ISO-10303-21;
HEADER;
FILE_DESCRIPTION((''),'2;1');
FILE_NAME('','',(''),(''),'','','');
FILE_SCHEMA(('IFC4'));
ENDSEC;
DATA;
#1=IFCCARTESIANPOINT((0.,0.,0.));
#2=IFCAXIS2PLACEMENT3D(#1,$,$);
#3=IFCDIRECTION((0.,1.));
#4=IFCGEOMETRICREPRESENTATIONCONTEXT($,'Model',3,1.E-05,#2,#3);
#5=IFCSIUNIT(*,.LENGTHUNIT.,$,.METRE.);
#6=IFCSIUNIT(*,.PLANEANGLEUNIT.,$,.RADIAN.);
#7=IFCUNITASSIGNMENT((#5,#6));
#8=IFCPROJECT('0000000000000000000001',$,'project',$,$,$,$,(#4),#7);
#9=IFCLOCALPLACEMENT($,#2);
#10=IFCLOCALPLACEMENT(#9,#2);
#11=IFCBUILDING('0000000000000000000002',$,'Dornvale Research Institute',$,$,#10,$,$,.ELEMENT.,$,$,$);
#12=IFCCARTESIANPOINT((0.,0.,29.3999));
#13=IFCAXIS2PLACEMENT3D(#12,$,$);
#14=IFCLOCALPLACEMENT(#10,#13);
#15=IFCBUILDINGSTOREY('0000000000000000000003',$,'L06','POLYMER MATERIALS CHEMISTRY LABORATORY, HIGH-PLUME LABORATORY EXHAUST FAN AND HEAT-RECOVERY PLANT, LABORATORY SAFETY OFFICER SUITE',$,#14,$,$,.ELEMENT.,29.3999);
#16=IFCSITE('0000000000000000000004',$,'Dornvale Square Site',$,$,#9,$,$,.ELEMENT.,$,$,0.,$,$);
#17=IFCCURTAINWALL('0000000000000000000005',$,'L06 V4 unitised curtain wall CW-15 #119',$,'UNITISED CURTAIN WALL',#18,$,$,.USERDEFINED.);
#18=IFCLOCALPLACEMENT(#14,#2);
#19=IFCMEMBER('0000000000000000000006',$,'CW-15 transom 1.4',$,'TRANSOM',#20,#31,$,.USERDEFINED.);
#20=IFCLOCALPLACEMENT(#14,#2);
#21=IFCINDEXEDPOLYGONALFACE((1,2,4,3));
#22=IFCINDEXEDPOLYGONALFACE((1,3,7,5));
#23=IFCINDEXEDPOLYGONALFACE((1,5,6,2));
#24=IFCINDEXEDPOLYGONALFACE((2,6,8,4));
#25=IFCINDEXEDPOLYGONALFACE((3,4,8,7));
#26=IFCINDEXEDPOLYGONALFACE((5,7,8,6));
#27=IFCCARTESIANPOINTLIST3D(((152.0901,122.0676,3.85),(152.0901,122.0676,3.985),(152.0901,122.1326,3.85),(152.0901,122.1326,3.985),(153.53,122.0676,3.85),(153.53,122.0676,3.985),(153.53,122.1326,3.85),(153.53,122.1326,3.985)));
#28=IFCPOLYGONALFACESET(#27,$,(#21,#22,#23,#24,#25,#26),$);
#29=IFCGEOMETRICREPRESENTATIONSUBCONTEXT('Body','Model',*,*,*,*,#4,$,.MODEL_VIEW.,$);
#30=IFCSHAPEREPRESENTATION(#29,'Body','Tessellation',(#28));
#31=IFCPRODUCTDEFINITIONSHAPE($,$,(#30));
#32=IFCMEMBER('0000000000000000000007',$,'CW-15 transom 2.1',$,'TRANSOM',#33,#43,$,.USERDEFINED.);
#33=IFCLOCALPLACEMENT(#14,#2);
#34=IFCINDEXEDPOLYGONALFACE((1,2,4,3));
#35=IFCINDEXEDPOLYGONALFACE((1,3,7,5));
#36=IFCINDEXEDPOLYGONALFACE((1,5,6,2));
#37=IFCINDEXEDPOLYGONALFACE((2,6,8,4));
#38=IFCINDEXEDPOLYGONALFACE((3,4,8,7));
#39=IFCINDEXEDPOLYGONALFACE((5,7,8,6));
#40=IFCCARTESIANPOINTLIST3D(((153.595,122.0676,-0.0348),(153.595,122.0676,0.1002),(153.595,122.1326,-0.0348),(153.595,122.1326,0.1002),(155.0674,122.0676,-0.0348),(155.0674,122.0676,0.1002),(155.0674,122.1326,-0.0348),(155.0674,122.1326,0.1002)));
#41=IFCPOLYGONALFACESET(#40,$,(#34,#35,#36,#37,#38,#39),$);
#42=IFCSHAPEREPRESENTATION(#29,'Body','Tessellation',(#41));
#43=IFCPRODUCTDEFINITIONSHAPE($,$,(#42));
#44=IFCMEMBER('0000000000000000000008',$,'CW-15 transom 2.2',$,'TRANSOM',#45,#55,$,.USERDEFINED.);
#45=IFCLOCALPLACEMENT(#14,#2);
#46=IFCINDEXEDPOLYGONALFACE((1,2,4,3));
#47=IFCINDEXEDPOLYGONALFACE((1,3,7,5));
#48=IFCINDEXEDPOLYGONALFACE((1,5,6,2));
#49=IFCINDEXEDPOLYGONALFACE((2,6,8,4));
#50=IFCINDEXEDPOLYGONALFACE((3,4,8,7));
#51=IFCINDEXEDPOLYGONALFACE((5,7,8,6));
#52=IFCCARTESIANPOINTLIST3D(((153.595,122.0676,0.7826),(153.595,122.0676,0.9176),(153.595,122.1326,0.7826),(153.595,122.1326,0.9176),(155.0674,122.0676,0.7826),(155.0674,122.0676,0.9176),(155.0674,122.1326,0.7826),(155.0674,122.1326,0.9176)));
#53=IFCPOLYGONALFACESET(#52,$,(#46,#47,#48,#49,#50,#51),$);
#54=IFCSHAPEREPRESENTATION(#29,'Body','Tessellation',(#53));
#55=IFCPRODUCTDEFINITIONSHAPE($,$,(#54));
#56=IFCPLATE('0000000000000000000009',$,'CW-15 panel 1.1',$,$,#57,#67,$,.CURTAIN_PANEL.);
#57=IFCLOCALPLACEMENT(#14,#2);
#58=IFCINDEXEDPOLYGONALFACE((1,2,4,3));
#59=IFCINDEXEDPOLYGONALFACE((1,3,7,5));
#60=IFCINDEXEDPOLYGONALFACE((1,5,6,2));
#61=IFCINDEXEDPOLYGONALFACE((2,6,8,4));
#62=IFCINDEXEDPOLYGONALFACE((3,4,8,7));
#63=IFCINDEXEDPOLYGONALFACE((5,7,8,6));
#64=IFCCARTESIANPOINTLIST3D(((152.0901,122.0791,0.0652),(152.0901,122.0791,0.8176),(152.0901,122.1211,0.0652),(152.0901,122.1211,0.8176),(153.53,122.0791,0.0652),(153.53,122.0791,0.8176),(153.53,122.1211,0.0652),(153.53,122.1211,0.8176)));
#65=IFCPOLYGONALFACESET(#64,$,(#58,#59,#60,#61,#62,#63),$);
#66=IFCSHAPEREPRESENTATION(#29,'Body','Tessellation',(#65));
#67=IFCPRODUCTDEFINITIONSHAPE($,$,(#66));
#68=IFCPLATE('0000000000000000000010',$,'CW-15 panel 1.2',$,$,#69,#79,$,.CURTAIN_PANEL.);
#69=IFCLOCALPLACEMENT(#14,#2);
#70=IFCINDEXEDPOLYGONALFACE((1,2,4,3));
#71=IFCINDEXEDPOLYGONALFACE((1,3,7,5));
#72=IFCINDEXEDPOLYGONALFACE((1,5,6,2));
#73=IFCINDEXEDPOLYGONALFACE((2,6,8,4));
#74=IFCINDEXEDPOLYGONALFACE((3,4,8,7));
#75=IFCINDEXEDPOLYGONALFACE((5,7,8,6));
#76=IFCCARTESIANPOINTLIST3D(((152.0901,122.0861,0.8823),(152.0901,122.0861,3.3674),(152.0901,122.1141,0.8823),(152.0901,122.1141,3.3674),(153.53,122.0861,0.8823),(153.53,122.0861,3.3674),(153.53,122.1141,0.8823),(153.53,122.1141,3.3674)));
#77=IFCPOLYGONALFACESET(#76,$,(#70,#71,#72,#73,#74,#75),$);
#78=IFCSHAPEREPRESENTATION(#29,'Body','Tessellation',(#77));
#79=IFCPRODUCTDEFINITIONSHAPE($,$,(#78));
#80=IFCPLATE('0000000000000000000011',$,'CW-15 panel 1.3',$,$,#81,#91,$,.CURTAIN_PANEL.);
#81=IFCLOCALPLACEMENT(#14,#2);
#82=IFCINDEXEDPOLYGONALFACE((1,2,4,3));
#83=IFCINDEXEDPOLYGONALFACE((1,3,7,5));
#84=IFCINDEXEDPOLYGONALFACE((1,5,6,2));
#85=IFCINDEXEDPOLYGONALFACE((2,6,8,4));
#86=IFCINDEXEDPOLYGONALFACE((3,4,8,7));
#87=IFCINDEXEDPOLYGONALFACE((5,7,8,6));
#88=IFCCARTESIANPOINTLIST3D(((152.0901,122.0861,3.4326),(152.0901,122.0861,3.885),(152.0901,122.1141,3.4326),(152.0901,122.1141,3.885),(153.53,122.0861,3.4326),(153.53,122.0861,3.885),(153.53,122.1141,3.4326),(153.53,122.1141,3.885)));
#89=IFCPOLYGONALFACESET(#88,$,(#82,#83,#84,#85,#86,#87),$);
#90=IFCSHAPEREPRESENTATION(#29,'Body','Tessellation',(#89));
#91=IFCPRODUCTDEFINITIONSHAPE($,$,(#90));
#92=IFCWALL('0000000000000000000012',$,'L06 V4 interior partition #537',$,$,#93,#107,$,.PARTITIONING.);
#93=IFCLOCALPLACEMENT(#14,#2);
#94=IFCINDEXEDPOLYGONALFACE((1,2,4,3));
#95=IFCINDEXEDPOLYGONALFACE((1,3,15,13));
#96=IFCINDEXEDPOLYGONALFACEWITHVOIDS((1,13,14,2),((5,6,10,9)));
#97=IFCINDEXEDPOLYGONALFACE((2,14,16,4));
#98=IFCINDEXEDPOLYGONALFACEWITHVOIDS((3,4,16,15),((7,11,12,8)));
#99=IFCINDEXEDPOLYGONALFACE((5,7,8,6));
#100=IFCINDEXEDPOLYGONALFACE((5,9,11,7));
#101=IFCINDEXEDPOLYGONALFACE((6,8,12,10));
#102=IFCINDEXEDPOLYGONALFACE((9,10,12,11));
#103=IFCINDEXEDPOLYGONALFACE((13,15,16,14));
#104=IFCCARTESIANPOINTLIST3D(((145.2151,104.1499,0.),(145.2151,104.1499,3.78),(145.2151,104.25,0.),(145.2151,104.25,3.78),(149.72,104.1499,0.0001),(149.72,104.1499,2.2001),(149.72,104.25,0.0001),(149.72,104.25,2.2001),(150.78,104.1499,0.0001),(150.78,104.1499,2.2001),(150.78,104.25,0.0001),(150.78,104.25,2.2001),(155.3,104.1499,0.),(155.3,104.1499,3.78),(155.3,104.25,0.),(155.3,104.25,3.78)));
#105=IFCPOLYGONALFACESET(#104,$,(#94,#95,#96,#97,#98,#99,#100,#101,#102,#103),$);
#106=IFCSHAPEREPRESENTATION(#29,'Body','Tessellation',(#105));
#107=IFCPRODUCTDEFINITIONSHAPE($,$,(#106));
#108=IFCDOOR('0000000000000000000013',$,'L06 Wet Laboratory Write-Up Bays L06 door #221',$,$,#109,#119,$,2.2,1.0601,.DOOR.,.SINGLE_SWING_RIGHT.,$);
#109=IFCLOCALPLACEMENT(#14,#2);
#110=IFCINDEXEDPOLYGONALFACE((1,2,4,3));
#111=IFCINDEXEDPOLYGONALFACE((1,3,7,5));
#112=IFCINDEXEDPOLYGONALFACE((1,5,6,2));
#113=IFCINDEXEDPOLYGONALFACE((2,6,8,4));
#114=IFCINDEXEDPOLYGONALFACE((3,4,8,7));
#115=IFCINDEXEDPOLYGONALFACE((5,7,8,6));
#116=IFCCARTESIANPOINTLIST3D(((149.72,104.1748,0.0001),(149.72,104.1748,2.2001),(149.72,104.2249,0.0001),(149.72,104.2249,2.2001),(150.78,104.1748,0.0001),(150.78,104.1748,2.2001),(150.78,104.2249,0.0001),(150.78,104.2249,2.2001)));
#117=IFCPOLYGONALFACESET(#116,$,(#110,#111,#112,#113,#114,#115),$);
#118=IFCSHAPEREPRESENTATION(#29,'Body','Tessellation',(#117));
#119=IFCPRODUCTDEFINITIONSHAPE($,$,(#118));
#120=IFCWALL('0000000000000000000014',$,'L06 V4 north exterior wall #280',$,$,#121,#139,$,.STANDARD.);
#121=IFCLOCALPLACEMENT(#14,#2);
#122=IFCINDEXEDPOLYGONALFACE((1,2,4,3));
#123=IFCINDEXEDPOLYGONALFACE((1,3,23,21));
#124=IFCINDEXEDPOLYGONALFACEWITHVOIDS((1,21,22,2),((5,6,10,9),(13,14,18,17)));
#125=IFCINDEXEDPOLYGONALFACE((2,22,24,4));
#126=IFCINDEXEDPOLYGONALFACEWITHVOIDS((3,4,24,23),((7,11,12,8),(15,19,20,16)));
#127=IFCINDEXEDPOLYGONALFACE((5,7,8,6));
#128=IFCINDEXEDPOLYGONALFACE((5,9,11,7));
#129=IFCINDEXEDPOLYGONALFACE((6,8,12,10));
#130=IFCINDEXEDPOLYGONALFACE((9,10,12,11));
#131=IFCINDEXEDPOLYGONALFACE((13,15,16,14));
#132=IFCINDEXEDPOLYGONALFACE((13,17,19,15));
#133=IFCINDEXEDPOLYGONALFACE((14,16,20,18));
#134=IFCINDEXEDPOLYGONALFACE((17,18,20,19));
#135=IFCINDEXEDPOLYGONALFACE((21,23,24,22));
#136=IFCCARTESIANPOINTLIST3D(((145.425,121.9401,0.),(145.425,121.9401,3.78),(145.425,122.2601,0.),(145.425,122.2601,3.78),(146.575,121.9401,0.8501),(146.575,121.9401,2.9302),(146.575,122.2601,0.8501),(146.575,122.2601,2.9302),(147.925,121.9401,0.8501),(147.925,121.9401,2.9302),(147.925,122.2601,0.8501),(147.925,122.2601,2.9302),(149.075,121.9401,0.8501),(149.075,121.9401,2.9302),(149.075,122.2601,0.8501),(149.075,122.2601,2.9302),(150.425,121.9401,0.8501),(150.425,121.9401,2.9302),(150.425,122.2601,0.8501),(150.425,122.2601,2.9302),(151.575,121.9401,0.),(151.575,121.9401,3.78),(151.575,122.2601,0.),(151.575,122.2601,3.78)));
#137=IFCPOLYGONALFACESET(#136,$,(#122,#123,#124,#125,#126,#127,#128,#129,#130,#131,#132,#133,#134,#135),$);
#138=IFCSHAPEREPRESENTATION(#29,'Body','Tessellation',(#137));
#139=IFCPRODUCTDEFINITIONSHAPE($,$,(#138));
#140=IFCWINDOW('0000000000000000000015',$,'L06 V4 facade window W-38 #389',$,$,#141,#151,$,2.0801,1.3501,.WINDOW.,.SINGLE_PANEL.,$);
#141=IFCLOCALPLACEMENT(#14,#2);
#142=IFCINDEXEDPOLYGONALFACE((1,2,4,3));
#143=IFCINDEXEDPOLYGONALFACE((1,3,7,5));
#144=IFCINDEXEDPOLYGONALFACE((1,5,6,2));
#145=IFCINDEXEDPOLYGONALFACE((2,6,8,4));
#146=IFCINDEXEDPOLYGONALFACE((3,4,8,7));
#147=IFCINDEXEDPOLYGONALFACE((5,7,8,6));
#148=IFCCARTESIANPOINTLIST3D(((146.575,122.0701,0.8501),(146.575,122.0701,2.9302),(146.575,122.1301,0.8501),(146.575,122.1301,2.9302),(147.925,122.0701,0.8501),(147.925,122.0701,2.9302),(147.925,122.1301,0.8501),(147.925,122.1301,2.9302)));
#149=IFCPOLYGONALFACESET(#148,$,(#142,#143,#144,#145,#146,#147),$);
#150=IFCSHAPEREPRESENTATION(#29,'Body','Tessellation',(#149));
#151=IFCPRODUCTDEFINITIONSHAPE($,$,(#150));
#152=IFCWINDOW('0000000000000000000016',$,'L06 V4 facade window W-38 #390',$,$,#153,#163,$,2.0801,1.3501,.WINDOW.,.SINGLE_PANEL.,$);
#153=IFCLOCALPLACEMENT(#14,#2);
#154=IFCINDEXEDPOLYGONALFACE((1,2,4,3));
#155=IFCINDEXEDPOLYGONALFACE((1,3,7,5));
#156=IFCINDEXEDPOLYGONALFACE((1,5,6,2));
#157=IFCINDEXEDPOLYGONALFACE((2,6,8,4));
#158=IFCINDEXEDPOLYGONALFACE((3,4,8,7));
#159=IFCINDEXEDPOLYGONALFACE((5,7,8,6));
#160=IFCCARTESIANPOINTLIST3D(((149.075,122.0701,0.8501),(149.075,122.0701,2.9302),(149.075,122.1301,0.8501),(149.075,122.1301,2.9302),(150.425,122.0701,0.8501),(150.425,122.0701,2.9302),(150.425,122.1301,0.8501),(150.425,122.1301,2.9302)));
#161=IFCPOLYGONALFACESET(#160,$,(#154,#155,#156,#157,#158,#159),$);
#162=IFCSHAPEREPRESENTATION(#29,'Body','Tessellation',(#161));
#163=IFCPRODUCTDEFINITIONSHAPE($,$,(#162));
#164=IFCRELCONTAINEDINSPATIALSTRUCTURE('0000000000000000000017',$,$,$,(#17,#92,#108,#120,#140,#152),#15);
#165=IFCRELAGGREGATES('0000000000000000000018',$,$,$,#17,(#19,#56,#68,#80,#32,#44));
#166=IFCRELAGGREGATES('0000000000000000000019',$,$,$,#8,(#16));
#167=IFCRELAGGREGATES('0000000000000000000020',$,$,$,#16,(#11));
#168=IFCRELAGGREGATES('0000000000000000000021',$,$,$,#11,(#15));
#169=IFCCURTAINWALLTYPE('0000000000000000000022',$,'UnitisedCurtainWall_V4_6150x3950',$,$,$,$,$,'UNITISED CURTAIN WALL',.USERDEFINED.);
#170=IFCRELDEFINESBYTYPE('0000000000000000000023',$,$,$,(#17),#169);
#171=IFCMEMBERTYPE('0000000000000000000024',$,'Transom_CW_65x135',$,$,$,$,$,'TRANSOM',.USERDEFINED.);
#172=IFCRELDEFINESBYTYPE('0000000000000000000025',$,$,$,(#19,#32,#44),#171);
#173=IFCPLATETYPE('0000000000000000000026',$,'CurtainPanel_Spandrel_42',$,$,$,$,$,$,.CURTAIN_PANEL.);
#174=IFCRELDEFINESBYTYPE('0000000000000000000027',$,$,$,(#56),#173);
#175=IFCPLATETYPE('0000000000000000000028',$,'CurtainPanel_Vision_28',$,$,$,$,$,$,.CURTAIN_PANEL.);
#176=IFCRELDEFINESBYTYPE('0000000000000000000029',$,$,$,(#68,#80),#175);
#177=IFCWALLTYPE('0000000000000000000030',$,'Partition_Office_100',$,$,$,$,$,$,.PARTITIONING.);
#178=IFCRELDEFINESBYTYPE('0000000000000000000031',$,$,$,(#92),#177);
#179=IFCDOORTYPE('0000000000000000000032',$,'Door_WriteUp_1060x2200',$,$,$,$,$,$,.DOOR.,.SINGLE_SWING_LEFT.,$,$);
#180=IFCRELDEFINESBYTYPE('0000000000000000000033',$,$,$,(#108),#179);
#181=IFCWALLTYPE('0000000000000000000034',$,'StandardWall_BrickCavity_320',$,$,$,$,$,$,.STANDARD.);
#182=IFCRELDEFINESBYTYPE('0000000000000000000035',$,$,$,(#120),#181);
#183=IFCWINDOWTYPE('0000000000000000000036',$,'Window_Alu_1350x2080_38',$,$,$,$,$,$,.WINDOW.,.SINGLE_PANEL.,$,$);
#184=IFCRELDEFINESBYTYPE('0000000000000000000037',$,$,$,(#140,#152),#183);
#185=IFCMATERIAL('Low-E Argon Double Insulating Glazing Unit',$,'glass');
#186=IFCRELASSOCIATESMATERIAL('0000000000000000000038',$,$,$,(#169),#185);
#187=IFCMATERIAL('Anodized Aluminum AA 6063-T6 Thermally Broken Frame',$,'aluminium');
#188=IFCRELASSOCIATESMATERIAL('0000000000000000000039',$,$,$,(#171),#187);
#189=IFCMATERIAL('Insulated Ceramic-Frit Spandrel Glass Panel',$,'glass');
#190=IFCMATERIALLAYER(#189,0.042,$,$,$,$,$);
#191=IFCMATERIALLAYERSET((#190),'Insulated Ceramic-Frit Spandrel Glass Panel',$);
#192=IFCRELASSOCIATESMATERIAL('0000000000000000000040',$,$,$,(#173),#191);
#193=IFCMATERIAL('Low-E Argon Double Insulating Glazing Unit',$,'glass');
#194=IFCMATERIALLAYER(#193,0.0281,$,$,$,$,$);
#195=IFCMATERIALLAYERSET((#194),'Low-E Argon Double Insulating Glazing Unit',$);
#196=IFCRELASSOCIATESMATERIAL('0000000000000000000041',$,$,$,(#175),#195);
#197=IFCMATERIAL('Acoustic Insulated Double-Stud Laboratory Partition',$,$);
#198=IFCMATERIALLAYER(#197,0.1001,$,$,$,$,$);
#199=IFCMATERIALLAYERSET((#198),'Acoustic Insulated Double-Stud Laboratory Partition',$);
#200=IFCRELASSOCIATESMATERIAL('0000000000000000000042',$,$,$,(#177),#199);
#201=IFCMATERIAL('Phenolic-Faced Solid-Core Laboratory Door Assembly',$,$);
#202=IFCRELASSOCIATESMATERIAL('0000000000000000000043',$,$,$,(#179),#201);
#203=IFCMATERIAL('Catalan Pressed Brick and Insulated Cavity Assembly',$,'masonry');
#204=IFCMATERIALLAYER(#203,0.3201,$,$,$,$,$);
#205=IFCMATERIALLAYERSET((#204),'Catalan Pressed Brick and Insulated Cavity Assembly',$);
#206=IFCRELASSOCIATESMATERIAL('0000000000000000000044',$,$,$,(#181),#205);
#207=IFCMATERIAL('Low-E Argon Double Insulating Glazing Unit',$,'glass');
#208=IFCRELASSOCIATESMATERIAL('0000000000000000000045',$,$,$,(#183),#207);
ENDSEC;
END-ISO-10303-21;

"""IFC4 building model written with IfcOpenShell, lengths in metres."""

from ifc_helpers import new_model, si_unit, direction, frame, frame_2d, origin, origin_2d, place, context, subcontext, project, spatial, rectangle, extrude, material, layer, layer_set, material_profile, profile_set, type_object, element, fill, aggregate, save


model = new_model("IFC4")

# Units and contexts
model_context = context("Model", 3, precision=1e-05, world=origin(), true_north=direction((0.0, 1.0)))
body_context = subcontext(model_context, "Body", "Model", "MODEL_VIEW")
ifc_project = project(units=[si_unit("LENGTHUNIT", "METRE"), si_unit("PLANEANGLEUNIT", "RADIAN")], contexts=[model_context])

# Site, building, storey
site_placement = place(None, origin())
site = spatial("IfcSite", under=ifc_project, at=site_placement, Name="Dornvale Square Site", CompositionType="ELEMENT", RefElevation=0.0)
building_placement = place(site_placement, origin())
building = spatial("IfcBuilding", under=site, at=building_placement, Name="Dornvale Research Institute", CompositionType="ELEMENT")
storey_placement = place(building_placement, frame((0.0, 0.0, 29.3999)))
storey = spatial("IfcBuildingStorey", under=building, at=storey_placement, Name="L06", Description="POLYMER MATERIALS CHEMISTRY LABORATORY, HIGH-PLUME LABORATORY EXHAUST FAN AND HEAT-RECOVERY PLANT, LABORATORY SAFETY OFFICER SUITE", CompositionType="ELEMENT", Elevation=29.3999)

# Curtain wall
ifc_material_1 = material(Name="Low-E Argon Double Insulating Glazing Unit", Category="glass")
curtain_wall_type = type_object("IfcCurtainWallType", Name="UnitisedCurtainWall_V4_6150x3950", ElementType="UNITISED CURTAIN WALL", PredefinedType="USERDEFINED", material=ifc_material_1)
curtain_wall_placement = place(storey_placement, origin())
curtain_wall = element("IfcCurtainWall", 1, at=curtain_wall_placement, inside=storey, type_object=curtain_wall_type, Name="L06 V4 unitised curtain wall CW-15 #119", ObjectType="UNITISED CURTAIN WALL", PredefinedType="USERDEFINED")

# Members
ifc_material_2 = material(Name="Anodized Aluminum AA 6063-T6 Thermally Broken Frame", Category="aluminium")
ifc_material_profile_1 = material_profile(ifc_material_2, rectangle(XDim=0.0649, YDim=0.135, at=origin_2d()), Name="ALU TRANSOM 65x135")
ifc_profile_set_1 = profile_set([ifc_material_profile_1], Name="Anodized Aluminum AA 6063-T6 Thermally Broken Frame")
member_type_1 = type_object("IfcMemberType", Name="Transom_CW_65x135", ElementType="TRANSOM", PredefinedType="USERDEFINED", material=ifc_profile_set_1)
member_1_placement = place(storey_placement, frame((152.0901, 122.1001, 3.9175), z_axis=(1.0, 0.0, 0.0), x_axis=(0.0, 1.0, 0.0)))
member_1 = element("IfcMember", 2, at=member_1_placement, type_object=member_type_1, Name="CW-15 transom 1.4", ObjectType="TRANSOM", PredefinedType="USERDEFINED", context=body_context, shape_type="SweptSolid", body=[
    extrude(rectangle(XDim=0.0649, YDim=0.135, at=origin_2d()), origin(), (0.0, 0.0, 1.0), 1.4399),
])
member_2_placement = place(storey_placement, frame((153.595, 122.1001, 0.0327), z_axis=(1.0, 0.0, 0.0), x_axis=(0.0, 1.0, 0.0)))
member_2 = element("IfcMember", 3, at=member_2_placement, type_object=member_type_1, Name="CW-15 transom 2.1", ObjectType="TRANSOM", PredefinedType="USERDEFINED", context=body_context, shape_type="SweptSolid", body=[
    extrude(rectangle(XDim=0.0649, YDim=0.135, at=origin_2d()), origin(), (0.0, 0.0, 1.0), 1.4724),
])
member_3_placement = place(storey_placement, frame((153.595, 122.1001, 0.8501), z_axis=(1.0, 0.0, 0.0), x_axis=(0.0, 1.0, 0.0)))
member_3 = element("IfcMember", 4, at=member_3_placement, type_object=member_type_1, Name="CW-15 transom 2.2", ObjectType="TRANSOM", PredefinedType="USERDEFINED", context=body_context, shape_type="SweptSolid", body=[
    extrude(rectangle(XDim=0.0649, YDim=0.135, at=origin_2d()), origin(), (0.0, 0.0, 1.0), 1.4724),
])

# Plates
ifc_material_3 = material(Name="Insulated Ceramic-Frit Spandrel Glass Panel", Category="glass")
ifc_layer_1 = layer(ifc_material_3, 0.042)
ifc_layer_set_1 = layer_set([ifc_layer_1], Name="Insulated Ceramic-Frit Spandrel Glass Panel")
plate_type_1 = type_object("IfcPlateType", Name="CurtainPanel_Spandrel_42", PredefinedType="CURTAIN_PANEL", material=ifc_layer_set_1)
plate_1_placement = place(storey_placement, frame((152.8101, 122.1001, 0.0652), z_axis=(0.0, 0.0, 1.0), x_axis=(1.0, 0.0, 0.0)))
plate_1 = element("IfcPlate", 5, at=plate_1_placement, type_object=plate_type_1, Name="CW-15 panel 1.1", PredefinedType="CURTAIN_PANEL", context=body_context, shape_type="SweptSolid", body=[
    extrude(rectangle(XDim=1.4399, YDim=0.042, at=origin_2d()), origin(), (0.0, 0.0, 1.0), 0.7524),
])
ifc_material_4 = material(Name="Low-E Argon Double Insulating Glazing Unit", Category="glass")
ifc_layer_2 = layer(ifc_material_4, 0.0281)
ifc_layer_set_2 = layer_set([ifc_layer_2], Name="Low-E Argon Double Insulating Glazing Unit")
plate_type_2 = type_object("IfcPlateType", Name="CurtainPanel_Vision_28", PredefinedType="CURTAIN_PANEL", material=ifc_layer_set_2)
plate_2_placement = place(storey_placement, frame((152.8101, 122.1001, 0.8823), z_axis=(0.0, 0.0, 1.0), x_axis=(1.0, 0.0, 0.0)))
plate_2 = element("IfcPlate", 6, at=plate_2_placement, type_object=plate_type_2, Name="CW-15 panel 1.2", PredefinedType="CURTAIN_PANEL", context=body_context, shape_type="SweptSolid", body=[
    extrude(rectangle(XDim=1.4399, YDim=0.0281, at=origin_2d()), origin(), (0.0, 0.0, 1.0), 2.4851),
])
plate_3_placement = place(storey_placement, frame((152.8101, 122.1001, 3.4326), z_axis=(0.0, 0.0, 1.0), x_axis=(1.0, 0.0, 0.0)))
plate_3 = element("IfcPlate", 7, at=plate_3_placement, type_object=plate_type_2, Name="CW-15 panel 1.3", PredefinedType="CURTAIN_PANEL", context=body_context, shape_type="SweptSolid", body=[
    extrude(rectangle(XDim=1.4399, YDim=0.0281, at=origin_2d()), origin(), (0.0, 0.0, 1.0), 0.4524),
])
aggregate(curtain_wall, [member_1, plate_1, plate_2, plate_3, member_2, member_3])

# Wall, opening, door
ifc_material_5 = material(Name="Acoustic Insulated Double-Stud Laboratory Partition")
ifc_layer_3 = layer(ifc_material_5, 0.1001)
ifc_layer_set_3 = layer_set([ifc_layer_3], Name="Acoustic Insulated Double-Stud Laboratory Partition")
wall_type_1 = type_object("IfcWallType", Name="Partition_Office_100", PredefinedType="PARTITIONING", material=ifc_layer_set_3)
wall_1_placement = place(storey_placement, frame((145.2151, 104.2, 0.0), z_axis=(0.0, 0.0, 1.0), x_axis=(1.0, 0.0, 0.0)))
wall_1 = element("IfcWall", 8, at=wall_1_placement, inside=storey, type_object=wall_type_1, Name="L06 V4 interior partition #537", PredefinedType="PARTITIONING", context=body_context, shape_type="SweptSolid", body=[
    extrude(rectangle(XDim=10.085, YDim=0.1001, at=frame_2d((5.0425, 0.0))), origin(), (0.0, 0.0, 1.0), 3.78),
])
opening_1_placement = place(wall_1_placement, frame((4.5049, 0.0, 0.0)))
opening_1 = element("IfcOpeningElement", 9, at=opening_1_placement, cuts=wall_1, PredefinedType="OPENING", context=body_context, shape_type="SweptSolid", body=[
    extrude(rectangle(XDim=1.0601, YDim=2.2, at=frame_2d((0.53, 1.1001))), frame((0.0, 0.0649, 0.0), z_axis=(0.0, -1.0, 0.0), x_axis=(1.0, 0.0, 0.0)), (0.0, 0.0, 1.0), 0.1301),
])
ifc_material_6 = material(Name="Phenolic-Faced Solid-Core Laboratory Door Assembly")
door_type = type_object("IfcDoorType", Name="Door_WriteUp_1060x2200", OperationType="SINGLE_SWING_LEFT", PredefinedType="DOOR", material=ifc_material_6)
door_placement = place(opening_1_placement, origin())
door = element("IfcDoor", 10, at=door_placement, inside=storey, type_object=door_type, Name="L06 Wet Laboratory Write-Up Bays L06 door #221", OperationType="SINGLE_SWING_RIGHT", OverallHeight=2.2, OverallWidth=1.0601, PredefinedType="DOOR", context=body_context, shape_type="SweptSolid", body=[
    extrude(rectangle(XDim=1.0601, YDim=2.2, at=frame_2d((0.53, 1.1001))), frame((0.0, 0.0249, 0.0), z_axis=(0.0, -1.0, 0.0), x_axis=(1.0, 0.0, 0.0)), (0.0, 0.0, 1.0), 0.05),
])
fill(opening_1, door)

# Wall, openings, windows
ifc_material_7 = material(Name="Catalan Pressed Brick and Insulated Cavity Assembly", Category="masonry")
ifc_layer_4 = layer(ifc_material_7, 0.3201)
ifc_layer_set_4 = layer_set([ifc_layer_4], Name="Catalan Pressed Brick and Insulated Cavity Assembly")
wall_type_2 = type_object("IfcWallType", Name="StandardWall_BrickCavity_320", PredefinedType="STANDARD", material=ifc_layer_set_4)
wall_2_placement = place(storey_placement, frame((145.425, 122.1001, 0.0), z_axis=(0.0, 0.0, 1.0), x_axis=(1.0, 0.0, 0.0)))
wall_2 = element("IfcWall", 11, at=wall_2_placement, inside=storey, type_object=wall_type_2, Name="L06 V4 north exterior wall #280", PredefinedType="STANDARD", context=body_context, shape_type="SweptSolid", body=[
    extrude(rectangle(XDim=6.1499, YDim=0.3201, at=frame_2d((3.075, 0.0))), origin(), (0.0, 0.0, 1.0), 3.78),
])
opening_2_placement = place(wall_2_placement, frame((1.1499, 0.0, 0.8501)))
opening_2 = element("IfcOpeningElement", 12, at=opening_2_placement, cuts=wall_2, PredefinedType="OPENING", context=body_context, shape_type="SweptSolid", body=[
    extrude(rectangle(XDim=1.3501, YDim=2.0801, at=frame_2d((0.675, 1.04))), frame((0.0, 0.175, 0.0), z_axis=(0.0, -1.0, 0.0), x_axis=(1.0, 0.0, 0.0)), (0.0, 0.0, 1.0), 0.3501),
])
opening_3_placement = place(wall_2_placement, frame((3.6499, 0.0, 0.8501)))
opening_3 = element("IfcOpeningElement", 13, at=opening_3_placement, cuts=wall_2, PredefinedType="OPENING", context=body_context, shape_type="SweptSolid", body=[
    extrude(rectangle(XDim=1.3501, YDim=2.0801, at=frame_2d((0.675, 1.04))), frame((0.0, 0.175, 0.0), z_axis=(0.0, -1.0, 0.0), x_axis=(1.0, 0.0, 0.0)), (0.0, 0.0, 1.0), 0.3501),
])
ifc_material_8 = material(Name="Low-E Argon Double Insulating Glazing Unit", Category="glass")
window_type = type_object("IfcWindowType", Name="Window_Alu_1350x2080_38", PartitioningType="SINGLE_PANEL", PredefinedType="WINDOW", material=ifc_material_8)
window_1_placement = place(opening_2_placement, origin())
window_1 = element("IfcWindow", 14, at=window_1_placement, inside=storey, type_object=window_type, Name="L06 V4 facade window W-38 #389", OverallHeight=2.0801, OverallWidth=1.3501, PartitioningType="SINGLE_PANEL", PredefinedType="WINDOW", context=body_context, shape_type="SweptSolid", body=[
    extrude(rectangle(XDim=1.3501, YDim=2.0801, at=frame_2d((0.675, 1.04))), frame((0.0, 0.03, 0.0), z_axis=(0.0, -1.0, 0.0), x_axis=(1.0, 0.0, 0.0)), (0.0, 0.0, 1.0), 0.0601),
])
fill(opening_2, window_1)
window_2_placement = place(opening_3_placement, origin())
window_2 = element("IfcWindow", 15, at=window_2_placement, inside=storey, type_object=window_type, Name="L06 V4 facade window W-38 #390", OverallHeight=2.0801, OverallWidth=1.3501, PartitioningType="SINGLE_PANEL", PredefinedType="WINDOW", context=body_context, shape_type="SweptSolid", body=[
    extrude(rectangle(XDim=1.3501, YDim=2.0801, at=frame_2d((0.675, 1.04))), frame((0.0, 0.03, 0.0), z_axis=(0.0, -1.0, 0.0), x_axis=(1.0, 0.0, 0.0)), (0.0, 0.0, 1.0), 0.0601),
])
fill(opening_3, window_2)

save(model, "model.ifc")
